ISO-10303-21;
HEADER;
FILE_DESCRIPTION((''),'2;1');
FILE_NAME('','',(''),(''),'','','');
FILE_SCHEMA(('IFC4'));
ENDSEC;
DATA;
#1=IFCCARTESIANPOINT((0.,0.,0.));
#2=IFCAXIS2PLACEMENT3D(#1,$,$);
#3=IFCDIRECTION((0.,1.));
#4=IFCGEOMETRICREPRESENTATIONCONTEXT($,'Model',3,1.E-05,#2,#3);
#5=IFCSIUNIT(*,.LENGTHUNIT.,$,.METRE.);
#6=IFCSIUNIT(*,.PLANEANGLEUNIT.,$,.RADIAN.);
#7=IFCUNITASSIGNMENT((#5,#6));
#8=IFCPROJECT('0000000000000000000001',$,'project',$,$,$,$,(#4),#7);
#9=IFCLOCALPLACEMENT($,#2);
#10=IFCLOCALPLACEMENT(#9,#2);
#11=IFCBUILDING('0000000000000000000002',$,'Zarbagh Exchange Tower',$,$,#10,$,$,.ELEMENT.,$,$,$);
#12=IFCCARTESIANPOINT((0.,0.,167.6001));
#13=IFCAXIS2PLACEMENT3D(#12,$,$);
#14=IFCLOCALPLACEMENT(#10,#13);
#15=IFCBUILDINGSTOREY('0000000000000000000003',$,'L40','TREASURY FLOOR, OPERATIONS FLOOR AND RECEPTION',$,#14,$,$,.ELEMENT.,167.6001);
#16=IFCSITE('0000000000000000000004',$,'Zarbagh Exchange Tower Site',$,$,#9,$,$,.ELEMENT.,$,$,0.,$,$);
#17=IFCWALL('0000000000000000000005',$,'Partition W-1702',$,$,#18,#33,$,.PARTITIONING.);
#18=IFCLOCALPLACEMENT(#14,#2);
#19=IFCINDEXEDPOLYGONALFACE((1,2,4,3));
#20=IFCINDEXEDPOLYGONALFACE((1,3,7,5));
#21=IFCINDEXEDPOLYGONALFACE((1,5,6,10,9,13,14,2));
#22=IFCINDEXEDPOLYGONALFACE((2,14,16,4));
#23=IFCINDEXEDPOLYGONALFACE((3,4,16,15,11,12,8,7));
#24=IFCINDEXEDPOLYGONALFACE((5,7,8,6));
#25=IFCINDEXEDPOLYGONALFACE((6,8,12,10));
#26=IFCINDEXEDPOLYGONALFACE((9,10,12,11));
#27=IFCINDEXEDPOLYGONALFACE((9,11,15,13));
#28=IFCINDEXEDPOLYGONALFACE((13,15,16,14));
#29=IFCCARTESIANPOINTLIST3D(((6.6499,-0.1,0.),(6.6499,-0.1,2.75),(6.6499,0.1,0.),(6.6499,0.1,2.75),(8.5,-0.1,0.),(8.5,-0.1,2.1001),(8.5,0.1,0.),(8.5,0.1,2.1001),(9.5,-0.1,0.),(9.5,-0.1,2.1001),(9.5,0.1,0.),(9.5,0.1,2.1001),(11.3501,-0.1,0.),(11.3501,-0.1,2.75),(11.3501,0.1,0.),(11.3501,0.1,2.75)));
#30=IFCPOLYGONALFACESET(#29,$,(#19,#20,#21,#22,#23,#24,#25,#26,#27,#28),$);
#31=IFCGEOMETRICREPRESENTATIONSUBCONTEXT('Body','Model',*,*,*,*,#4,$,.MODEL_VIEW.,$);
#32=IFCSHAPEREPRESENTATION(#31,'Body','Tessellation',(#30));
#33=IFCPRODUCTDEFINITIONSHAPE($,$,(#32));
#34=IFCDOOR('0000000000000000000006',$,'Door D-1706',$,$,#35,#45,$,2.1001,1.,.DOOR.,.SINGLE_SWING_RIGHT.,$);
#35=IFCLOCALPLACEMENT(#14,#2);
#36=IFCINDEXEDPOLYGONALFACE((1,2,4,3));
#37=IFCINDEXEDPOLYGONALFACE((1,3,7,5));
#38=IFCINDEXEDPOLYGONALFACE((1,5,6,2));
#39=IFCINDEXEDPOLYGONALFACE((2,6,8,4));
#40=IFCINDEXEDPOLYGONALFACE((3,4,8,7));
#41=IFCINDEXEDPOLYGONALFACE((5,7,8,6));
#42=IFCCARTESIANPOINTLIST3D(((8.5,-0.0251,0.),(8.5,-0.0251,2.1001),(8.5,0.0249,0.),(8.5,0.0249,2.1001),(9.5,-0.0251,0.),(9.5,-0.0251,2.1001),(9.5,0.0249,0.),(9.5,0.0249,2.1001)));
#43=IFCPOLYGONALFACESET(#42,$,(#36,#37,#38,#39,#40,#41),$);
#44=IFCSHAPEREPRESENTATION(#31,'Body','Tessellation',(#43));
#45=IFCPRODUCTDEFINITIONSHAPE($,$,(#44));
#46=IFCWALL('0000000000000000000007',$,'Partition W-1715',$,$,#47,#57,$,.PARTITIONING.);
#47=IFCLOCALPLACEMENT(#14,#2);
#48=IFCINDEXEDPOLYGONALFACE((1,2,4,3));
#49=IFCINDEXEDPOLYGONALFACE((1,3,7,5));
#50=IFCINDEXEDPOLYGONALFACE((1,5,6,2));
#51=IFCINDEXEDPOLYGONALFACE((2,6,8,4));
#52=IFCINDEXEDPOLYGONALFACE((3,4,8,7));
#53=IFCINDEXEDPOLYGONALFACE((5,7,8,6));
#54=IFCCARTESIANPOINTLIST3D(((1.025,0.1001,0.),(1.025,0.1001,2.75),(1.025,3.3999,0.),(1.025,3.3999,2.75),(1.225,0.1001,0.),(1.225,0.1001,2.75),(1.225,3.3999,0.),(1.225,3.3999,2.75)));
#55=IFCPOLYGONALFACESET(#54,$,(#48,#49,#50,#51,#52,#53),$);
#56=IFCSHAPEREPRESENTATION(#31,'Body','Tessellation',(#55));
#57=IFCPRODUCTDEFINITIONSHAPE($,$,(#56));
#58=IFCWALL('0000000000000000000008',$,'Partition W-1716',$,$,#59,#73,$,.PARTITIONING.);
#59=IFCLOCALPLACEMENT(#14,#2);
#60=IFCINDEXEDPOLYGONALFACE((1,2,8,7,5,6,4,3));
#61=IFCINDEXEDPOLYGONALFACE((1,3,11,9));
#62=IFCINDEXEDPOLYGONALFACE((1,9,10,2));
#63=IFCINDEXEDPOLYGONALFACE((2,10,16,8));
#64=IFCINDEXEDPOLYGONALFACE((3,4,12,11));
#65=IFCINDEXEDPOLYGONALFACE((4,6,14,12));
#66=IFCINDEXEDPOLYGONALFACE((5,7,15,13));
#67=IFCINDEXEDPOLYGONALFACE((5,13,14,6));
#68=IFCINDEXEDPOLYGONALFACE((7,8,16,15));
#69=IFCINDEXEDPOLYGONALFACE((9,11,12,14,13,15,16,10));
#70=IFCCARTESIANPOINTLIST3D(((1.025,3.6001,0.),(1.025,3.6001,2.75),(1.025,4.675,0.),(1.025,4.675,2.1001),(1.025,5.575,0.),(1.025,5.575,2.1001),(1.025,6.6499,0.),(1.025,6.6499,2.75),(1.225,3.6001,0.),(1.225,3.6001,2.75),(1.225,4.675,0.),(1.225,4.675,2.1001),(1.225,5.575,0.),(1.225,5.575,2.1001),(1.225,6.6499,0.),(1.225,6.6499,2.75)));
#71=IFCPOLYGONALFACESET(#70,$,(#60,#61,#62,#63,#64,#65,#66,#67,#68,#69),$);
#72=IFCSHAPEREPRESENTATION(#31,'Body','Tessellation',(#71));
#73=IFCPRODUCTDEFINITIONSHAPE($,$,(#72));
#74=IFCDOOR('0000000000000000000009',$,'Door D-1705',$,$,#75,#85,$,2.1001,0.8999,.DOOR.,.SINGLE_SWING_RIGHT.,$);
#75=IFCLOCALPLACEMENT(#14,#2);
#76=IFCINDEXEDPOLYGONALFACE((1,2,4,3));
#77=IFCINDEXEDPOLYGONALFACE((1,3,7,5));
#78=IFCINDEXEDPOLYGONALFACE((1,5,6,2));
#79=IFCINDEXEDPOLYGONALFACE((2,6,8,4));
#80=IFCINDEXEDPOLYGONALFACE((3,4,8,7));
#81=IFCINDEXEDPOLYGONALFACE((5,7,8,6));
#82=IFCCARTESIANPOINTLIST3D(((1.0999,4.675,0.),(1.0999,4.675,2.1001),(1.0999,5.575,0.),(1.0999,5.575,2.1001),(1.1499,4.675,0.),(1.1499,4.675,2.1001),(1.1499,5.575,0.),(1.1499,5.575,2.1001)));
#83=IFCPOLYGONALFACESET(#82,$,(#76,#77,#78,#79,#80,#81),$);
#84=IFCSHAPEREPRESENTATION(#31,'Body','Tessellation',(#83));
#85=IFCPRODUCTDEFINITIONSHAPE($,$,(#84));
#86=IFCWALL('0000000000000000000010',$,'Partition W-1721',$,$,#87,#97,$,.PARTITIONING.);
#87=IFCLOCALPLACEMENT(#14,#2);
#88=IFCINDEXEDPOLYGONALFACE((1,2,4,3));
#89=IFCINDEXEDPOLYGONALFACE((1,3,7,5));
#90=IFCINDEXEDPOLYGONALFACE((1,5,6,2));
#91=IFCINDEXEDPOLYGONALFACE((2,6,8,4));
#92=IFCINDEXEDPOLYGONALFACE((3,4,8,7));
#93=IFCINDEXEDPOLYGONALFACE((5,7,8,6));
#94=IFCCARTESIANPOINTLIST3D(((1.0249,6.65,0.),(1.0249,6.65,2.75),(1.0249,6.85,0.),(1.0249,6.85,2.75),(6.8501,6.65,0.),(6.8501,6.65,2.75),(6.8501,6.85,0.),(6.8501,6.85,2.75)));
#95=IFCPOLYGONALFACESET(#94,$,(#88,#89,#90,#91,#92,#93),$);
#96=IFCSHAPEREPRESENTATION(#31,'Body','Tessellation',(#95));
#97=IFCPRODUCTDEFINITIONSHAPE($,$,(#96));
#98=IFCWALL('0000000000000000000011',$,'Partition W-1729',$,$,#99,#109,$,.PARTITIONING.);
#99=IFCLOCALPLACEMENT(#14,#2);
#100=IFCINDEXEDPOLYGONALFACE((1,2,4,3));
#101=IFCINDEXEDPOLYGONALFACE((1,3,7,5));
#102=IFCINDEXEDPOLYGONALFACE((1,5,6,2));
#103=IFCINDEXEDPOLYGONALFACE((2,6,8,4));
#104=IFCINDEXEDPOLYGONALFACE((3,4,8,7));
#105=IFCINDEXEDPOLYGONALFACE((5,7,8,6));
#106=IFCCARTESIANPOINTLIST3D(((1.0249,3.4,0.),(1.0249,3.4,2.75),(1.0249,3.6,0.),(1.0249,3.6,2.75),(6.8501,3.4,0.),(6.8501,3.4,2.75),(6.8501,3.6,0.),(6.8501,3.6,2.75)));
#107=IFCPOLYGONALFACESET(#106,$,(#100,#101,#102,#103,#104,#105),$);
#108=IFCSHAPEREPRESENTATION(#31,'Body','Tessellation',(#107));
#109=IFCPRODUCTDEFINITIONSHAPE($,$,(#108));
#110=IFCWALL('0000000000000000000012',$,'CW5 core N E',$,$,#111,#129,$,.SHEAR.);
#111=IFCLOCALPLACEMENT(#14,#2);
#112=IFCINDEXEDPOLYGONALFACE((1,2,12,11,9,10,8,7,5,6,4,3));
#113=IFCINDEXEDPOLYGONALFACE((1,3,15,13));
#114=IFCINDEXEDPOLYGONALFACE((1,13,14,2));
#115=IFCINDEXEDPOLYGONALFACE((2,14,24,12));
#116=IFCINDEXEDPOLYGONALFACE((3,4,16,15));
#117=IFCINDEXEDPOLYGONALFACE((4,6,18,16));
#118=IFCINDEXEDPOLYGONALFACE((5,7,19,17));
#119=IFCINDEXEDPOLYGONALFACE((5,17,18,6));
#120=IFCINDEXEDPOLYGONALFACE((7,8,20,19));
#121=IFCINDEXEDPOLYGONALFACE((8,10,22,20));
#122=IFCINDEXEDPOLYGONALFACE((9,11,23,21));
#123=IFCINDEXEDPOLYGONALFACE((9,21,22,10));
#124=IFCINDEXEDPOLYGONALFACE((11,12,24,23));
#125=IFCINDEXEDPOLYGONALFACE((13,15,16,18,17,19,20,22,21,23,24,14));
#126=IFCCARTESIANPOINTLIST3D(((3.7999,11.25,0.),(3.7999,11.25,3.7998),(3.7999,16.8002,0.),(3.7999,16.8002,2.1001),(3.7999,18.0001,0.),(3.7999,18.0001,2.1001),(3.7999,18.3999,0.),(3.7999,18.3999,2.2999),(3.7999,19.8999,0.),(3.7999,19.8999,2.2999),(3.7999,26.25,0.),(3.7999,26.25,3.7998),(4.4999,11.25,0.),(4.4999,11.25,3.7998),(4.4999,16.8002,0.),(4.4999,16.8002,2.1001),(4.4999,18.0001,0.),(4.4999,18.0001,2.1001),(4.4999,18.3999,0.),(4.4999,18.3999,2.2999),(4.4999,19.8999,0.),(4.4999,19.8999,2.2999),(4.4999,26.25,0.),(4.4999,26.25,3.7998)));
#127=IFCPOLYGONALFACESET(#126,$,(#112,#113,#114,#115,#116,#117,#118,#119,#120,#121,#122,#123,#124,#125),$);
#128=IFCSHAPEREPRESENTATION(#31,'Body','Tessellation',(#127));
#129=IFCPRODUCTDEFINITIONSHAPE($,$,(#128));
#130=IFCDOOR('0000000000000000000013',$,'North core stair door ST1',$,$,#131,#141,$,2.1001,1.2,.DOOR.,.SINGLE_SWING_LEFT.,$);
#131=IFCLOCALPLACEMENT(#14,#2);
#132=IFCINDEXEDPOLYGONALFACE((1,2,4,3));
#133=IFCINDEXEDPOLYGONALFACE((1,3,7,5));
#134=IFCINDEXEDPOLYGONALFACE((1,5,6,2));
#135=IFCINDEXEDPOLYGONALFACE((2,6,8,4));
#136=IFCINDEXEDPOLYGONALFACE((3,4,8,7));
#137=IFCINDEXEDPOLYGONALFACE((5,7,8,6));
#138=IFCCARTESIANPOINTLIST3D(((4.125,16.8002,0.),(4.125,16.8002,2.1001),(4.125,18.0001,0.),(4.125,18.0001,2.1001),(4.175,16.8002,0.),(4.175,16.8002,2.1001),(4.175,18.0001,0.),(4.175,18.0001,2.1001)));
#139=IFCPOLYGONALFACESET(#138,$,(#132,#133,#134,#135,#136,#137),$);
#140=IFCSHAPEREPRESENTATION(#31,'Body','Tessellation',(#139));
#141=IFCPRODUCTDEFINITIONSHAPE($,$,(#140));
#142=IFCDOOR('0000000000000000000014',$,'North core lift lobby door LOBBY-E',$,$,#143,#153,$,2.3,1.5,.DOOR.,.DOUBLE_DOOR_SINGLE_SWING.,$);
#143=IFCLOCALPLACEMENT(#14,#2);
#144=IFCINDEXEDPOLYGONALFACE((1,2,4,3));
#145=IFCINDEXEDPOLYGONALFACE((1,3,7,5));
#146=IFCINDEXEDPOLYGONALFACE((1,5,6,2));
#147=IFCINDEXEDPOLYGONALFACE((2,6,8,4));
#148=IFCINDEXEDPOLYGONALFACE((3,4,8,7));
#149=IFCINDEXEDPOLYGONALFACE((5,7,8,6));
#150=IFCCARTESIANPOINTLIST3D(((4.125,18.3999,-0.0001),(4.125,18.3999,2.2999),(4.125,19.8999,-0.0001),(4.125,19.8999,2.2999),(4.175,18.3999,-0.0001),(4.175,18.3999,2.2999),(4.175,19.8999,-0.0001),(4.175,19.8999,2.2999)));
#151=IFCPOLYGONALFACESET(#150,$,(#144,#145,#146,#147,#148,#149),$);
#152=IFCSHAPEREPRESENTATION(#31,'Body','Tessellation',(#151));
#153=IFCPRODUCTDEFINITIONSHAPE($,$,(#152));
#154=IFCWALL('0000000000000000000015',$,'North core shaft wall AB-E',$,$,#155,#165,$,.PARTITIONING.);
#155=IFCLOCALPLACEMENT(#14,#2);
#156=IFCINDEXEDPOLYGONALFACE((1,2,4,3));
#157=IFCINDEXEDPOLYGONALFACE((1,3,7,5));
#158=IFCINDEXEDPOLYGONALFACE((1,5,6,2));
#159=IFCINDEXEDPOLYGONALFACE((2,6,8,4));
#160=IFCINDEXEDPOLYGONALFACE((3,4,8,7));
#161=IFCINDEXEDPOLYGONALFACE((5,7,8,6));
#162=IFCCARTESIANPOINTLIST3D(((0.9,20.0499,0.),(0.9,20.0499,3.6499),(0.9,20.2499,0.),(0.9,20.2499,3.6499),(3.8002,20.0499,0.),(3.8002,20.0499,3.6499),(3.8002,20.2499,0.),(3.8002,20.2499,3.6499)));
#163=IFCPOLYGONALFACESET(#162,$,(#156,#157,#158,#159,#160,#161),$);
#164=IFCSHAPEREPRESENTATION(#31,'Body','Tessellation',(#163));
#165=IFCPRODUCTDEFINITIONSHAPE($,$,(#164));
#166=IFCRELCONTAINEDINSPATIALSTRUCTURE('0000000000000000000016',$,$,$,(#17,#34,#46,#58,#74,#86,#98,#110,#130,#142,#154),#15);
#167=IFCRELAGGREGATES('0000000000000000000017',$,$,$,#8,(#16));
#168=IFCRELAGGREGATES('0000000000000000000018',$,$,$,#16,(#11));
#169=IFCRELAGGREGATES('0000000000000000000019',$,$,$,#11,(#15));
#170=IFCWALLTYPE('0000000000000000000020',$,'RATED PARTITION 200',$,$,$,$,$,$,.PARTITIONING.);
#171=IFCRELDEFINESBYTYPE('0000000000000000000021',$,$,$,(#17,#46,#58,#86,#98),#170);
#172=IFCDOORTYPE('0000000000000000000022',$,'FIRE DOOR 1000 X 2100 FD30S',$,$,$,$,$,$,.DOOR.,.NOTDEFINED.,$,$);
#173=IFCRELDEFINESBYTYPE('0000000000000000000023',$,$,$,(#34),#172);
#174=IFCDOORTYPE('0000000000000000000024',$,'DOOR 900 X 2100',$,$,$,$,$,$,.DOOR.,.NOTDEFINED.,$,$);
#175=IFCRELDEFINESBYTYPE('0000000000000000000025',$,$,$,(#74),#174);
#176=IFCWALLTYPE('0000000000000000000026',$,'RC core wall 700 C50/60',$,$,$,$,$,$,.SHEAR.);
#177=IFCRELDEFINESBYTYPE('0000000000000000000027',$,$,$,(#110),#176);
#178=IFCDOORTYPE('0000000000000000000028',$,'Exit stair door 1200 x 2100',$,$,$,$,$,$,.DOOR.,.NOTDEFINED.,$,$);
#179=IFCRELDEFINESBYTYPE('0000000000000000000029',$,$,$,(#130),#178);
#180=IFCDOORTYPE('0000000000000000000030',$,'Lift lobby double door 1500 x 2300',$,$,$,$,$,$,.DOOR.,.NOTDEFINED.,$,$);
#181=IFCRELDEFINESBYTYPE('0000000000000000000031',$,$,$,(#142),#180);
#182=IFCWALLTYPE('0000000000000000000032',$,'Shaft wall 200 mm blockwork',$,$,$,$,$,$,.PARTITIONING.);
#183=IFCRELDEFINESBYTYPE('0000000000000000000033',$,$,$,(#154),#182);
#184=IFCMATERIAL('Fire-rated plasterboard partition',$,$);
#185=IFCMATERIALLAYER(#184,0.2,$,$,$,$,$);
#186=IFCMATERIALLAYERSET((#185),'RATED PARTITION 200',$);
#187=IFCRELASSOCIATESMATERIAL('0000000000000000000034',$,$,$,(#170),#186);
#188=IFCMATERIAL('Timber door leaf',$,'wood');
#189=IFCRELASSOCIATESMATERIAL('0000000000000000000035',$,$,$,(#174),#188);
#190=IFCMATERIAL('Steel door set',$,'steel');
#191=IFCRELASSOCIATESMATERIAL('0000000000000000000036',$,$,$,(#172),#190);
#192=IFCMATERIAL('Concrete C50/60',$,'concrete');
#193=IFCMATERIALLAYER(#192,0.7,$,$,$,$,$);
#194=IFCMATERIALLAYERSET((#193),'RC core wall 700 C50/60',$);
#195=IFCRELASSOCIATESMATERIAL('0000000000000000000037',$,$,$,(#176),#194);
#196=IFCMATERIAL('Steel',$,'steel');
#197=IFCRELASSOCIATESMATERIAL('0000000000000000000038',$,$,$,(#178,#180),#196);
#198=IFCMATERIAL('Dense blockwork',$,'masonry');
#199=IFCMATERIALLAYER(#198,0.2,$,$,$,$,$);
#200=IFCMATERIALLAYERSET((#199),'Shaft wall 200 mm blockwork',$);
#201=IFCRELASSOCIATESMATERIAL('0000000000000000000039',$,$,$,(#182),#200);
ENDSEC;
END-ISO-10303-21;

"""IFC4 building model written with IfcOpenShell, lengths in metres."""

from ifc_helpers import new_model, si_unit, direction, frame, frame_2d, origin, place, context, subcontext, project, spatial, rectangle, extrude, material, layer, layer_set, type_object, element, fill, save


model = new_model("IFC4")

# Units and contexts
model_context = context("Model", 3, precision=1e-05, world=origin(), true_north=direction((0.0, 1.0)))
body_context = subcontext(model_context, "Body", "Model", "MODEL_VIEW")
ifc_project = project(units=[si_unit("LENGTHUNIT", "METRE"), si_unit("PLANEANGLEUNIT", "RADIAN")], contexts=[model_context])

# Site, building, storey
site_placement = place(None, origin())
site = spatial("IfcSite", under=ifc_project, at=site_placement, Name="Zarbagh Exchange Tower Site", CompositionType="ELEMENT", RefElevation=0.0)
building_placement = place(site_placement, origin())
building = spatial("IfcBuilding", under=site, at=building_placement, Name="Zarbagh Exchange Tower", CompositionType="ELEMENT")
storey_placement = place(building_placement, frame((0.0, 0.0, 167.6001)))
storey = spatial("IfcBuildingStorey", under=building, at=storey_placement, Name="L40", Description="TREASURY FLOOR, OPERATIONS FLOOR AND RECEPTION", CompositionType="ELEMENT", Elevation=167.6001)

# Shared definitions
ifc_material_1 = material(Name="Concrete C50/60", Category="concrete")

# Shared definitions
ifc_material_2 = material(Name="Dense blockwork", Category="masonry")

# Wall, opening, door
ifc_material_3 = material(Name="Fire-rated plasterboard partition")
ifc_layer_1 = layer(ifc_material_3, 0.2)
ifc_layer_set_1 = layer_set([ifc_layer_1], Name="RATED PARTITION 200")
wall_type_1 = type_object("IfcWallType", Name="RATED PARTITION 200", PredefinedType="PARTITIONING", material=ifc_layer_set_1)
ifc_material_4 = material(Name="Timber door leaf", Category="wood")
door_type_1 = type_object("IfcDoorType", Name="DOOR 900 X 2100", OperationType="NOTDEFINED", PredefinedType="DOOR", material=ifc_material_4)
wall_1_placement = place(storey_placement, frame((6.6499, 0.0, 0.0), z_axis=(0.0, 0.0, 1.0), x_axis=(1.0, 0.0, 0.0)))
wall_1 = element("IfcWall", 1, at=wall_1_placement, inside=storey, type_object=wall_type_1, Name="Partition W-1702", PredefinedType="PARTITIONING", context=body_context, shape_type="SweptSolid", body=[
    extrude(rectangle(XDim=4.7002, YDim=0.2, at=frame_2d((2.3501, 0.0))), origin(), (0.0, 0.0, 1.0), 2.75),
])
opening_1_placement = place(wall_1_placement, frame((1.8501, 0.0, 0.0)))
opening_1 = element("IfcOpeningElement", 2, at=opening_1_placement, cuts=wall_1, PredefinedType="OPENING", context=body_context, shape_type="SweptSolid", body=[
    extrude(rectangle(XDim=1.0, YDim=2.1001, at=frame_2d((0.5, 1.05))), frame((0.0, 0.1099, 0.0), z_axis=(0.0, -1.0, 0.0), x_axis=(1.0, 0.0, 0.0)), (0.0, 0.0, 1.0), 0.22),
])
ifc_material_5 = material(Name="Steel door set", Category="steel")
door_type_2 = type_object("IfcDoorType", Name="FIRE DOOR 1000 X 2100 FD30S", OperationType="NOTDEFINED", PredefinedType="DOOR", material=ifc_material_5)
door_1_placement = place(opening_1_placement, origin())
door_1 = element("IfcDoor", 3, at=door_1_placement, inside=storey, type_object=door_type_2, Name="Door D-1706", OperationType="SINGLE_SWING_RIGHT", OverallHeight=2.1001, OverallWidth=1.0, PredefinedType="DOOR", context=body_context, shape_type="SweptSolid", body=[
    extrude(rectangle(XDim=1.0, YDim=2.1001, at=frame_2d((0.5, 1.05))), frame((0.0, 0.0249, 0.0), z_axis=(0.0, -1.0, 0.0), x_axis=(1.0, 0.0, 0.0)), (0.0, 0.0, 1.0), 0.05),
])
fill(opening_1, door_1)

# Wall
wall_2_placement = place(storey_placement, frame((1.125, 0.1001, 0.0), z_axis=(0.0, 0.0, 1.0), x_axis=(0.0, 1.0, 0.0)))
element("IfcWall", 4, at=wall_2_placement, inside=storey, type_object=wall_type_1, Name="Partition W-1715", PredefinedType="PARTITIONING", context=body_context, shape_type="SweptSolid", body=[
    extrude(rectangle(XDim=3.2998, YDim=0.2, at=frame_2d((1.6499, 0.0))), origin(), (0.0, 0.0, 1.0), 2.75),
])

# Wall, opening, door
wall_3_placement = place(storey_placement, frame((1.125, 6.6499, 0.0), z_axis=(0.0, 0.0, 1.0), x_axis=(0.0, -1.0, 0.0)))
wall_3 = element("IfcWall", 5, at=wall_3_placement, inside=storey, type_object=wall_type_1, Name="Partition W-1716", PredefinedType="PARTITIONING", context=body_context, shape_type="SweptSolid", body=[
    extrude(rectangle(XDim=3.0498, YDim=0.2, at=frame_2d((1.5249, 0.0))), origin(), (0.0, 0.0, 1.0), 2.75),
])
opening_2_placement = place(wall_3_placement, frame((1.075, 0.0, 0.0)))
opening_2 = element("IfcOpeningElement", 6, at=opening_2_placement, cuts=wall_3, PredefinedType="OPENING", context=body_context, shape_type="SweptSolid", body=[
    extrude(rectangle(XDim=0.8999, YDim=2.1001, at=frame_2d((0.45, 1.05))), frame((0.0, 0.1099, 0.0), z_axis=(0.0, -1.0, 0.0), x_axis=(1.0, 0.0, 0.0)), (0.0, 0.0, 1.0), 0.22),
])
door_2_placement = place(opening_2_placement, origin())
door_2 = element("IfcDoor", 7, at=door_2_placement, inside=storey, type_object=door_type_1, Name="Door D-1705", OperationType="SINGLE_SWING_RIGHT", OverallHeight=2.1001, OverallWidth=0.8999, PredefinedType="DOOR", context=body_context, shape_type="SweptSolid", body=[
    extrude(rectangle(XDim=0.8999, YDim=2.1001, at=frame_2d((0.45, 1.05))), frame((0.0, 0.0249, 0.0), z_axis=(0.0, -1.0, 0.0), x_axis=(1.0, 0.0, 0.0)), (0.0, 0.0, 1.0), 0.05),
])
fill(opening_2, door_2)

# Walls
for number, where, z_axis, x_axis, name in (
    (8, (1.0249, 6.75, 0.0), (0.0, 0.0, 1.0), (1.0, 0.0, 0.0), "Partition W-1721"),
    (9, (1.0249, 3.5, 0.0), (0.0, 0.0, 1.0), (1.0, 0.0, 0.0), "Partition W-1729"),
):
    element("IfcWall", number, at=place(storey_placement, frame(where, z_axis=z_axis, x_axis=x_axis)), inside=storey, type_object=wall_type_1, Name=name, PredefinedType="PARTITIONING", context=body_context, shape_type="SweptSolid", body=[
        extrude(rectangle(XDim=5.8252, YDim=0.2, at=frame_2d((2.9126, 0.0))), origin(), (0.0, 0.0, 1.0), 2.75),
    ])

# Wall, openings, doors
ifc_layer_2 = layer(ifc_material_1, 0.7)
ifc_layer_set_2 = layer_set([ifc_layer_2], Name="RC core wall 700 C50/60")
wall_type_2 = type_object("IfcWallType", Name="RC core wall 700 C50/60", PredefinedType="SHEAR", material=ifc_layer_set_2)
wall_4_placement = place(storey_placement, frame((4.1499, 11.25, 0.0), z_axis=(0.0, 0.0, 1.0), x_axis=(0.0, 1.0, 0.0)))
wall_4 = element("IfcWall", 10, at=wall_4_placement, inside=storey, type_object=wall_type_2, Name="CW5 core N E", PredefinedType="SHEAR", context=body_context, shape_type="SweptSolid", body=[
    extrude(rectangle(XDim=15.0, YDim=0.7, at=frame_2d((7.5, 0.0))), origin(), (0.0, 0.0, 1.0), 3.7998),
])
opening_3_placement = place(wall_4_placement, frame((7.1499, 0.0, 0.0)))
opening_3 = element("IfcOpeningElement", 11, at=opening_3_placement, cuts=wall_4, PredefinedType="OPENING", context=body_context, shape_type="SweptSolid", body=[
    extrude(rectangle(XDim=1.5, YDim=2.3, at=frame_2d((0.75, 1.1499))), frame((0.0, 0.3599, 0.0), z_axis=(0.0, -1.0, 0.0), x_axis=(1.0, 0.0, 0.0)), (0.0, 0.0, 1.0), 0.72),
])
opening_4_placement = place(wall_4_placement, frame((5.55, 0.0, 0.0)))
opening_4 = element("IfcOpeningElement", 12, at=opening_4_placement, cuts=wall_4, PredefinedType="OPENING", context=body_context, shape_type="SweptSolid", body=[
    extrude(rectangle(XDim=1.2, YDim=2.1001, at=frame_2d((0.6001, 1.05))), frame((0.0, 0.3599, 0.0), z_axis=(0.0, -1.0, 0.0), x_axis=(1.0, 0.0, 0.0)), (0.0, 0.0, 1.0), 0.72),
])
ifc_material_6 = material(Name="Steel", Category="steel")
door_type_3 = type_object("IfcDoorType", Name="Exit stair door 1200 x 2100", OperationType="NOTDEFINED", PredefinedType="DOOR", material=ifc_material_6)
door_3_placement = place(opening_4_placement, origin())
door_3 = element("IfcDoor", 13, at=door_3_placement, inside=storey, type_object=door_type_3, Name="North core stair door ST1", OperationType="SINGLE_SWING_LEFT", OverallHeight=2.1001, OverallWidth=1.2, PredefinedType="DOOR", context=body_context, shape_type="SweptSolid", body=[
    extrude(rectangle(XDim=1.2, YDim=2.1001, at=frame_2d((0.6001, 1.05))), frame((0.0, 0.0249, 0.0), z_axis=(0.0, -1.0, 0.0), x_axis=(1.0, 0.0, 0.0)), (0.0, 0.0, 1.0), 0.05),
])
fill(opening_4, door_3)
door_type_4 = type_object("IfcDoorType", Name="Lift lobby double door 1500 x 2300", OperationType="NOTDEFINED", PredefinedType="DOOR", material=ifc_material_6)
door_4_placement = place(opening_3_placement, origin())
door_4 = element("IfcDoor", 14, at=door_4_placement, inside=storey, type_object=door_type_4, Name="North core lift lobby door LOBBY-E", OperationType="DOUBLE_DOOR_SINGLE_SWING", OverallHeight=2.3, OverallWidth=1.5, PredefinedType="DOOR", context=body_context, shape_type="SweptSolid", body=[
    extrude(rectangle(XDim=1.5, YDim=2.3, at=frame_2d((0.75, 1.1499))), frame((0.0, 0.0249, 0.0), z_axis=(0.0, -1.0, 0.0), x_axis=(1.0, 0.0, 0.0)), (0.0, 0.0, 1.0), 0.05),
])
fill(opening_3, door_4)

# Wall
ifc_layer_3 = layer(ifc_material_2, 0.2)
ifc_layer_set_3 = layer_set([ifc_layer_3], Name="Shaft wall 200 mm blockwork")
wall_type_3 = type_object("IfcWallType", Name="Shaft wall 200 mm blockwork", PredefinedType="PARTITIONING", material=ifc_layer_set_3)
wall_5_placement = place(storey_placement, frame((0.8999, 20.1499, 0.0), z_axis=(0.0, 0.0, 1.0), x_axis=(1.0, 0.0, 0.0)))
element("IfcWall", 15, at=wall_5_placement, inside=storey, type_object=wall_type_3, Name="North core shaft wall AB-E", PredefinedType="PARTITIONING", context=body_context, shape_type="SweptSolid", body=[
    extrude(rectangle(XDim=2.9001, YDim=0.2, at=frame_2d((1.4502, 0.0))), origin(), (0.0, 0.0, 1.0), 3.6499),
])

save(model, "model.ifc")
